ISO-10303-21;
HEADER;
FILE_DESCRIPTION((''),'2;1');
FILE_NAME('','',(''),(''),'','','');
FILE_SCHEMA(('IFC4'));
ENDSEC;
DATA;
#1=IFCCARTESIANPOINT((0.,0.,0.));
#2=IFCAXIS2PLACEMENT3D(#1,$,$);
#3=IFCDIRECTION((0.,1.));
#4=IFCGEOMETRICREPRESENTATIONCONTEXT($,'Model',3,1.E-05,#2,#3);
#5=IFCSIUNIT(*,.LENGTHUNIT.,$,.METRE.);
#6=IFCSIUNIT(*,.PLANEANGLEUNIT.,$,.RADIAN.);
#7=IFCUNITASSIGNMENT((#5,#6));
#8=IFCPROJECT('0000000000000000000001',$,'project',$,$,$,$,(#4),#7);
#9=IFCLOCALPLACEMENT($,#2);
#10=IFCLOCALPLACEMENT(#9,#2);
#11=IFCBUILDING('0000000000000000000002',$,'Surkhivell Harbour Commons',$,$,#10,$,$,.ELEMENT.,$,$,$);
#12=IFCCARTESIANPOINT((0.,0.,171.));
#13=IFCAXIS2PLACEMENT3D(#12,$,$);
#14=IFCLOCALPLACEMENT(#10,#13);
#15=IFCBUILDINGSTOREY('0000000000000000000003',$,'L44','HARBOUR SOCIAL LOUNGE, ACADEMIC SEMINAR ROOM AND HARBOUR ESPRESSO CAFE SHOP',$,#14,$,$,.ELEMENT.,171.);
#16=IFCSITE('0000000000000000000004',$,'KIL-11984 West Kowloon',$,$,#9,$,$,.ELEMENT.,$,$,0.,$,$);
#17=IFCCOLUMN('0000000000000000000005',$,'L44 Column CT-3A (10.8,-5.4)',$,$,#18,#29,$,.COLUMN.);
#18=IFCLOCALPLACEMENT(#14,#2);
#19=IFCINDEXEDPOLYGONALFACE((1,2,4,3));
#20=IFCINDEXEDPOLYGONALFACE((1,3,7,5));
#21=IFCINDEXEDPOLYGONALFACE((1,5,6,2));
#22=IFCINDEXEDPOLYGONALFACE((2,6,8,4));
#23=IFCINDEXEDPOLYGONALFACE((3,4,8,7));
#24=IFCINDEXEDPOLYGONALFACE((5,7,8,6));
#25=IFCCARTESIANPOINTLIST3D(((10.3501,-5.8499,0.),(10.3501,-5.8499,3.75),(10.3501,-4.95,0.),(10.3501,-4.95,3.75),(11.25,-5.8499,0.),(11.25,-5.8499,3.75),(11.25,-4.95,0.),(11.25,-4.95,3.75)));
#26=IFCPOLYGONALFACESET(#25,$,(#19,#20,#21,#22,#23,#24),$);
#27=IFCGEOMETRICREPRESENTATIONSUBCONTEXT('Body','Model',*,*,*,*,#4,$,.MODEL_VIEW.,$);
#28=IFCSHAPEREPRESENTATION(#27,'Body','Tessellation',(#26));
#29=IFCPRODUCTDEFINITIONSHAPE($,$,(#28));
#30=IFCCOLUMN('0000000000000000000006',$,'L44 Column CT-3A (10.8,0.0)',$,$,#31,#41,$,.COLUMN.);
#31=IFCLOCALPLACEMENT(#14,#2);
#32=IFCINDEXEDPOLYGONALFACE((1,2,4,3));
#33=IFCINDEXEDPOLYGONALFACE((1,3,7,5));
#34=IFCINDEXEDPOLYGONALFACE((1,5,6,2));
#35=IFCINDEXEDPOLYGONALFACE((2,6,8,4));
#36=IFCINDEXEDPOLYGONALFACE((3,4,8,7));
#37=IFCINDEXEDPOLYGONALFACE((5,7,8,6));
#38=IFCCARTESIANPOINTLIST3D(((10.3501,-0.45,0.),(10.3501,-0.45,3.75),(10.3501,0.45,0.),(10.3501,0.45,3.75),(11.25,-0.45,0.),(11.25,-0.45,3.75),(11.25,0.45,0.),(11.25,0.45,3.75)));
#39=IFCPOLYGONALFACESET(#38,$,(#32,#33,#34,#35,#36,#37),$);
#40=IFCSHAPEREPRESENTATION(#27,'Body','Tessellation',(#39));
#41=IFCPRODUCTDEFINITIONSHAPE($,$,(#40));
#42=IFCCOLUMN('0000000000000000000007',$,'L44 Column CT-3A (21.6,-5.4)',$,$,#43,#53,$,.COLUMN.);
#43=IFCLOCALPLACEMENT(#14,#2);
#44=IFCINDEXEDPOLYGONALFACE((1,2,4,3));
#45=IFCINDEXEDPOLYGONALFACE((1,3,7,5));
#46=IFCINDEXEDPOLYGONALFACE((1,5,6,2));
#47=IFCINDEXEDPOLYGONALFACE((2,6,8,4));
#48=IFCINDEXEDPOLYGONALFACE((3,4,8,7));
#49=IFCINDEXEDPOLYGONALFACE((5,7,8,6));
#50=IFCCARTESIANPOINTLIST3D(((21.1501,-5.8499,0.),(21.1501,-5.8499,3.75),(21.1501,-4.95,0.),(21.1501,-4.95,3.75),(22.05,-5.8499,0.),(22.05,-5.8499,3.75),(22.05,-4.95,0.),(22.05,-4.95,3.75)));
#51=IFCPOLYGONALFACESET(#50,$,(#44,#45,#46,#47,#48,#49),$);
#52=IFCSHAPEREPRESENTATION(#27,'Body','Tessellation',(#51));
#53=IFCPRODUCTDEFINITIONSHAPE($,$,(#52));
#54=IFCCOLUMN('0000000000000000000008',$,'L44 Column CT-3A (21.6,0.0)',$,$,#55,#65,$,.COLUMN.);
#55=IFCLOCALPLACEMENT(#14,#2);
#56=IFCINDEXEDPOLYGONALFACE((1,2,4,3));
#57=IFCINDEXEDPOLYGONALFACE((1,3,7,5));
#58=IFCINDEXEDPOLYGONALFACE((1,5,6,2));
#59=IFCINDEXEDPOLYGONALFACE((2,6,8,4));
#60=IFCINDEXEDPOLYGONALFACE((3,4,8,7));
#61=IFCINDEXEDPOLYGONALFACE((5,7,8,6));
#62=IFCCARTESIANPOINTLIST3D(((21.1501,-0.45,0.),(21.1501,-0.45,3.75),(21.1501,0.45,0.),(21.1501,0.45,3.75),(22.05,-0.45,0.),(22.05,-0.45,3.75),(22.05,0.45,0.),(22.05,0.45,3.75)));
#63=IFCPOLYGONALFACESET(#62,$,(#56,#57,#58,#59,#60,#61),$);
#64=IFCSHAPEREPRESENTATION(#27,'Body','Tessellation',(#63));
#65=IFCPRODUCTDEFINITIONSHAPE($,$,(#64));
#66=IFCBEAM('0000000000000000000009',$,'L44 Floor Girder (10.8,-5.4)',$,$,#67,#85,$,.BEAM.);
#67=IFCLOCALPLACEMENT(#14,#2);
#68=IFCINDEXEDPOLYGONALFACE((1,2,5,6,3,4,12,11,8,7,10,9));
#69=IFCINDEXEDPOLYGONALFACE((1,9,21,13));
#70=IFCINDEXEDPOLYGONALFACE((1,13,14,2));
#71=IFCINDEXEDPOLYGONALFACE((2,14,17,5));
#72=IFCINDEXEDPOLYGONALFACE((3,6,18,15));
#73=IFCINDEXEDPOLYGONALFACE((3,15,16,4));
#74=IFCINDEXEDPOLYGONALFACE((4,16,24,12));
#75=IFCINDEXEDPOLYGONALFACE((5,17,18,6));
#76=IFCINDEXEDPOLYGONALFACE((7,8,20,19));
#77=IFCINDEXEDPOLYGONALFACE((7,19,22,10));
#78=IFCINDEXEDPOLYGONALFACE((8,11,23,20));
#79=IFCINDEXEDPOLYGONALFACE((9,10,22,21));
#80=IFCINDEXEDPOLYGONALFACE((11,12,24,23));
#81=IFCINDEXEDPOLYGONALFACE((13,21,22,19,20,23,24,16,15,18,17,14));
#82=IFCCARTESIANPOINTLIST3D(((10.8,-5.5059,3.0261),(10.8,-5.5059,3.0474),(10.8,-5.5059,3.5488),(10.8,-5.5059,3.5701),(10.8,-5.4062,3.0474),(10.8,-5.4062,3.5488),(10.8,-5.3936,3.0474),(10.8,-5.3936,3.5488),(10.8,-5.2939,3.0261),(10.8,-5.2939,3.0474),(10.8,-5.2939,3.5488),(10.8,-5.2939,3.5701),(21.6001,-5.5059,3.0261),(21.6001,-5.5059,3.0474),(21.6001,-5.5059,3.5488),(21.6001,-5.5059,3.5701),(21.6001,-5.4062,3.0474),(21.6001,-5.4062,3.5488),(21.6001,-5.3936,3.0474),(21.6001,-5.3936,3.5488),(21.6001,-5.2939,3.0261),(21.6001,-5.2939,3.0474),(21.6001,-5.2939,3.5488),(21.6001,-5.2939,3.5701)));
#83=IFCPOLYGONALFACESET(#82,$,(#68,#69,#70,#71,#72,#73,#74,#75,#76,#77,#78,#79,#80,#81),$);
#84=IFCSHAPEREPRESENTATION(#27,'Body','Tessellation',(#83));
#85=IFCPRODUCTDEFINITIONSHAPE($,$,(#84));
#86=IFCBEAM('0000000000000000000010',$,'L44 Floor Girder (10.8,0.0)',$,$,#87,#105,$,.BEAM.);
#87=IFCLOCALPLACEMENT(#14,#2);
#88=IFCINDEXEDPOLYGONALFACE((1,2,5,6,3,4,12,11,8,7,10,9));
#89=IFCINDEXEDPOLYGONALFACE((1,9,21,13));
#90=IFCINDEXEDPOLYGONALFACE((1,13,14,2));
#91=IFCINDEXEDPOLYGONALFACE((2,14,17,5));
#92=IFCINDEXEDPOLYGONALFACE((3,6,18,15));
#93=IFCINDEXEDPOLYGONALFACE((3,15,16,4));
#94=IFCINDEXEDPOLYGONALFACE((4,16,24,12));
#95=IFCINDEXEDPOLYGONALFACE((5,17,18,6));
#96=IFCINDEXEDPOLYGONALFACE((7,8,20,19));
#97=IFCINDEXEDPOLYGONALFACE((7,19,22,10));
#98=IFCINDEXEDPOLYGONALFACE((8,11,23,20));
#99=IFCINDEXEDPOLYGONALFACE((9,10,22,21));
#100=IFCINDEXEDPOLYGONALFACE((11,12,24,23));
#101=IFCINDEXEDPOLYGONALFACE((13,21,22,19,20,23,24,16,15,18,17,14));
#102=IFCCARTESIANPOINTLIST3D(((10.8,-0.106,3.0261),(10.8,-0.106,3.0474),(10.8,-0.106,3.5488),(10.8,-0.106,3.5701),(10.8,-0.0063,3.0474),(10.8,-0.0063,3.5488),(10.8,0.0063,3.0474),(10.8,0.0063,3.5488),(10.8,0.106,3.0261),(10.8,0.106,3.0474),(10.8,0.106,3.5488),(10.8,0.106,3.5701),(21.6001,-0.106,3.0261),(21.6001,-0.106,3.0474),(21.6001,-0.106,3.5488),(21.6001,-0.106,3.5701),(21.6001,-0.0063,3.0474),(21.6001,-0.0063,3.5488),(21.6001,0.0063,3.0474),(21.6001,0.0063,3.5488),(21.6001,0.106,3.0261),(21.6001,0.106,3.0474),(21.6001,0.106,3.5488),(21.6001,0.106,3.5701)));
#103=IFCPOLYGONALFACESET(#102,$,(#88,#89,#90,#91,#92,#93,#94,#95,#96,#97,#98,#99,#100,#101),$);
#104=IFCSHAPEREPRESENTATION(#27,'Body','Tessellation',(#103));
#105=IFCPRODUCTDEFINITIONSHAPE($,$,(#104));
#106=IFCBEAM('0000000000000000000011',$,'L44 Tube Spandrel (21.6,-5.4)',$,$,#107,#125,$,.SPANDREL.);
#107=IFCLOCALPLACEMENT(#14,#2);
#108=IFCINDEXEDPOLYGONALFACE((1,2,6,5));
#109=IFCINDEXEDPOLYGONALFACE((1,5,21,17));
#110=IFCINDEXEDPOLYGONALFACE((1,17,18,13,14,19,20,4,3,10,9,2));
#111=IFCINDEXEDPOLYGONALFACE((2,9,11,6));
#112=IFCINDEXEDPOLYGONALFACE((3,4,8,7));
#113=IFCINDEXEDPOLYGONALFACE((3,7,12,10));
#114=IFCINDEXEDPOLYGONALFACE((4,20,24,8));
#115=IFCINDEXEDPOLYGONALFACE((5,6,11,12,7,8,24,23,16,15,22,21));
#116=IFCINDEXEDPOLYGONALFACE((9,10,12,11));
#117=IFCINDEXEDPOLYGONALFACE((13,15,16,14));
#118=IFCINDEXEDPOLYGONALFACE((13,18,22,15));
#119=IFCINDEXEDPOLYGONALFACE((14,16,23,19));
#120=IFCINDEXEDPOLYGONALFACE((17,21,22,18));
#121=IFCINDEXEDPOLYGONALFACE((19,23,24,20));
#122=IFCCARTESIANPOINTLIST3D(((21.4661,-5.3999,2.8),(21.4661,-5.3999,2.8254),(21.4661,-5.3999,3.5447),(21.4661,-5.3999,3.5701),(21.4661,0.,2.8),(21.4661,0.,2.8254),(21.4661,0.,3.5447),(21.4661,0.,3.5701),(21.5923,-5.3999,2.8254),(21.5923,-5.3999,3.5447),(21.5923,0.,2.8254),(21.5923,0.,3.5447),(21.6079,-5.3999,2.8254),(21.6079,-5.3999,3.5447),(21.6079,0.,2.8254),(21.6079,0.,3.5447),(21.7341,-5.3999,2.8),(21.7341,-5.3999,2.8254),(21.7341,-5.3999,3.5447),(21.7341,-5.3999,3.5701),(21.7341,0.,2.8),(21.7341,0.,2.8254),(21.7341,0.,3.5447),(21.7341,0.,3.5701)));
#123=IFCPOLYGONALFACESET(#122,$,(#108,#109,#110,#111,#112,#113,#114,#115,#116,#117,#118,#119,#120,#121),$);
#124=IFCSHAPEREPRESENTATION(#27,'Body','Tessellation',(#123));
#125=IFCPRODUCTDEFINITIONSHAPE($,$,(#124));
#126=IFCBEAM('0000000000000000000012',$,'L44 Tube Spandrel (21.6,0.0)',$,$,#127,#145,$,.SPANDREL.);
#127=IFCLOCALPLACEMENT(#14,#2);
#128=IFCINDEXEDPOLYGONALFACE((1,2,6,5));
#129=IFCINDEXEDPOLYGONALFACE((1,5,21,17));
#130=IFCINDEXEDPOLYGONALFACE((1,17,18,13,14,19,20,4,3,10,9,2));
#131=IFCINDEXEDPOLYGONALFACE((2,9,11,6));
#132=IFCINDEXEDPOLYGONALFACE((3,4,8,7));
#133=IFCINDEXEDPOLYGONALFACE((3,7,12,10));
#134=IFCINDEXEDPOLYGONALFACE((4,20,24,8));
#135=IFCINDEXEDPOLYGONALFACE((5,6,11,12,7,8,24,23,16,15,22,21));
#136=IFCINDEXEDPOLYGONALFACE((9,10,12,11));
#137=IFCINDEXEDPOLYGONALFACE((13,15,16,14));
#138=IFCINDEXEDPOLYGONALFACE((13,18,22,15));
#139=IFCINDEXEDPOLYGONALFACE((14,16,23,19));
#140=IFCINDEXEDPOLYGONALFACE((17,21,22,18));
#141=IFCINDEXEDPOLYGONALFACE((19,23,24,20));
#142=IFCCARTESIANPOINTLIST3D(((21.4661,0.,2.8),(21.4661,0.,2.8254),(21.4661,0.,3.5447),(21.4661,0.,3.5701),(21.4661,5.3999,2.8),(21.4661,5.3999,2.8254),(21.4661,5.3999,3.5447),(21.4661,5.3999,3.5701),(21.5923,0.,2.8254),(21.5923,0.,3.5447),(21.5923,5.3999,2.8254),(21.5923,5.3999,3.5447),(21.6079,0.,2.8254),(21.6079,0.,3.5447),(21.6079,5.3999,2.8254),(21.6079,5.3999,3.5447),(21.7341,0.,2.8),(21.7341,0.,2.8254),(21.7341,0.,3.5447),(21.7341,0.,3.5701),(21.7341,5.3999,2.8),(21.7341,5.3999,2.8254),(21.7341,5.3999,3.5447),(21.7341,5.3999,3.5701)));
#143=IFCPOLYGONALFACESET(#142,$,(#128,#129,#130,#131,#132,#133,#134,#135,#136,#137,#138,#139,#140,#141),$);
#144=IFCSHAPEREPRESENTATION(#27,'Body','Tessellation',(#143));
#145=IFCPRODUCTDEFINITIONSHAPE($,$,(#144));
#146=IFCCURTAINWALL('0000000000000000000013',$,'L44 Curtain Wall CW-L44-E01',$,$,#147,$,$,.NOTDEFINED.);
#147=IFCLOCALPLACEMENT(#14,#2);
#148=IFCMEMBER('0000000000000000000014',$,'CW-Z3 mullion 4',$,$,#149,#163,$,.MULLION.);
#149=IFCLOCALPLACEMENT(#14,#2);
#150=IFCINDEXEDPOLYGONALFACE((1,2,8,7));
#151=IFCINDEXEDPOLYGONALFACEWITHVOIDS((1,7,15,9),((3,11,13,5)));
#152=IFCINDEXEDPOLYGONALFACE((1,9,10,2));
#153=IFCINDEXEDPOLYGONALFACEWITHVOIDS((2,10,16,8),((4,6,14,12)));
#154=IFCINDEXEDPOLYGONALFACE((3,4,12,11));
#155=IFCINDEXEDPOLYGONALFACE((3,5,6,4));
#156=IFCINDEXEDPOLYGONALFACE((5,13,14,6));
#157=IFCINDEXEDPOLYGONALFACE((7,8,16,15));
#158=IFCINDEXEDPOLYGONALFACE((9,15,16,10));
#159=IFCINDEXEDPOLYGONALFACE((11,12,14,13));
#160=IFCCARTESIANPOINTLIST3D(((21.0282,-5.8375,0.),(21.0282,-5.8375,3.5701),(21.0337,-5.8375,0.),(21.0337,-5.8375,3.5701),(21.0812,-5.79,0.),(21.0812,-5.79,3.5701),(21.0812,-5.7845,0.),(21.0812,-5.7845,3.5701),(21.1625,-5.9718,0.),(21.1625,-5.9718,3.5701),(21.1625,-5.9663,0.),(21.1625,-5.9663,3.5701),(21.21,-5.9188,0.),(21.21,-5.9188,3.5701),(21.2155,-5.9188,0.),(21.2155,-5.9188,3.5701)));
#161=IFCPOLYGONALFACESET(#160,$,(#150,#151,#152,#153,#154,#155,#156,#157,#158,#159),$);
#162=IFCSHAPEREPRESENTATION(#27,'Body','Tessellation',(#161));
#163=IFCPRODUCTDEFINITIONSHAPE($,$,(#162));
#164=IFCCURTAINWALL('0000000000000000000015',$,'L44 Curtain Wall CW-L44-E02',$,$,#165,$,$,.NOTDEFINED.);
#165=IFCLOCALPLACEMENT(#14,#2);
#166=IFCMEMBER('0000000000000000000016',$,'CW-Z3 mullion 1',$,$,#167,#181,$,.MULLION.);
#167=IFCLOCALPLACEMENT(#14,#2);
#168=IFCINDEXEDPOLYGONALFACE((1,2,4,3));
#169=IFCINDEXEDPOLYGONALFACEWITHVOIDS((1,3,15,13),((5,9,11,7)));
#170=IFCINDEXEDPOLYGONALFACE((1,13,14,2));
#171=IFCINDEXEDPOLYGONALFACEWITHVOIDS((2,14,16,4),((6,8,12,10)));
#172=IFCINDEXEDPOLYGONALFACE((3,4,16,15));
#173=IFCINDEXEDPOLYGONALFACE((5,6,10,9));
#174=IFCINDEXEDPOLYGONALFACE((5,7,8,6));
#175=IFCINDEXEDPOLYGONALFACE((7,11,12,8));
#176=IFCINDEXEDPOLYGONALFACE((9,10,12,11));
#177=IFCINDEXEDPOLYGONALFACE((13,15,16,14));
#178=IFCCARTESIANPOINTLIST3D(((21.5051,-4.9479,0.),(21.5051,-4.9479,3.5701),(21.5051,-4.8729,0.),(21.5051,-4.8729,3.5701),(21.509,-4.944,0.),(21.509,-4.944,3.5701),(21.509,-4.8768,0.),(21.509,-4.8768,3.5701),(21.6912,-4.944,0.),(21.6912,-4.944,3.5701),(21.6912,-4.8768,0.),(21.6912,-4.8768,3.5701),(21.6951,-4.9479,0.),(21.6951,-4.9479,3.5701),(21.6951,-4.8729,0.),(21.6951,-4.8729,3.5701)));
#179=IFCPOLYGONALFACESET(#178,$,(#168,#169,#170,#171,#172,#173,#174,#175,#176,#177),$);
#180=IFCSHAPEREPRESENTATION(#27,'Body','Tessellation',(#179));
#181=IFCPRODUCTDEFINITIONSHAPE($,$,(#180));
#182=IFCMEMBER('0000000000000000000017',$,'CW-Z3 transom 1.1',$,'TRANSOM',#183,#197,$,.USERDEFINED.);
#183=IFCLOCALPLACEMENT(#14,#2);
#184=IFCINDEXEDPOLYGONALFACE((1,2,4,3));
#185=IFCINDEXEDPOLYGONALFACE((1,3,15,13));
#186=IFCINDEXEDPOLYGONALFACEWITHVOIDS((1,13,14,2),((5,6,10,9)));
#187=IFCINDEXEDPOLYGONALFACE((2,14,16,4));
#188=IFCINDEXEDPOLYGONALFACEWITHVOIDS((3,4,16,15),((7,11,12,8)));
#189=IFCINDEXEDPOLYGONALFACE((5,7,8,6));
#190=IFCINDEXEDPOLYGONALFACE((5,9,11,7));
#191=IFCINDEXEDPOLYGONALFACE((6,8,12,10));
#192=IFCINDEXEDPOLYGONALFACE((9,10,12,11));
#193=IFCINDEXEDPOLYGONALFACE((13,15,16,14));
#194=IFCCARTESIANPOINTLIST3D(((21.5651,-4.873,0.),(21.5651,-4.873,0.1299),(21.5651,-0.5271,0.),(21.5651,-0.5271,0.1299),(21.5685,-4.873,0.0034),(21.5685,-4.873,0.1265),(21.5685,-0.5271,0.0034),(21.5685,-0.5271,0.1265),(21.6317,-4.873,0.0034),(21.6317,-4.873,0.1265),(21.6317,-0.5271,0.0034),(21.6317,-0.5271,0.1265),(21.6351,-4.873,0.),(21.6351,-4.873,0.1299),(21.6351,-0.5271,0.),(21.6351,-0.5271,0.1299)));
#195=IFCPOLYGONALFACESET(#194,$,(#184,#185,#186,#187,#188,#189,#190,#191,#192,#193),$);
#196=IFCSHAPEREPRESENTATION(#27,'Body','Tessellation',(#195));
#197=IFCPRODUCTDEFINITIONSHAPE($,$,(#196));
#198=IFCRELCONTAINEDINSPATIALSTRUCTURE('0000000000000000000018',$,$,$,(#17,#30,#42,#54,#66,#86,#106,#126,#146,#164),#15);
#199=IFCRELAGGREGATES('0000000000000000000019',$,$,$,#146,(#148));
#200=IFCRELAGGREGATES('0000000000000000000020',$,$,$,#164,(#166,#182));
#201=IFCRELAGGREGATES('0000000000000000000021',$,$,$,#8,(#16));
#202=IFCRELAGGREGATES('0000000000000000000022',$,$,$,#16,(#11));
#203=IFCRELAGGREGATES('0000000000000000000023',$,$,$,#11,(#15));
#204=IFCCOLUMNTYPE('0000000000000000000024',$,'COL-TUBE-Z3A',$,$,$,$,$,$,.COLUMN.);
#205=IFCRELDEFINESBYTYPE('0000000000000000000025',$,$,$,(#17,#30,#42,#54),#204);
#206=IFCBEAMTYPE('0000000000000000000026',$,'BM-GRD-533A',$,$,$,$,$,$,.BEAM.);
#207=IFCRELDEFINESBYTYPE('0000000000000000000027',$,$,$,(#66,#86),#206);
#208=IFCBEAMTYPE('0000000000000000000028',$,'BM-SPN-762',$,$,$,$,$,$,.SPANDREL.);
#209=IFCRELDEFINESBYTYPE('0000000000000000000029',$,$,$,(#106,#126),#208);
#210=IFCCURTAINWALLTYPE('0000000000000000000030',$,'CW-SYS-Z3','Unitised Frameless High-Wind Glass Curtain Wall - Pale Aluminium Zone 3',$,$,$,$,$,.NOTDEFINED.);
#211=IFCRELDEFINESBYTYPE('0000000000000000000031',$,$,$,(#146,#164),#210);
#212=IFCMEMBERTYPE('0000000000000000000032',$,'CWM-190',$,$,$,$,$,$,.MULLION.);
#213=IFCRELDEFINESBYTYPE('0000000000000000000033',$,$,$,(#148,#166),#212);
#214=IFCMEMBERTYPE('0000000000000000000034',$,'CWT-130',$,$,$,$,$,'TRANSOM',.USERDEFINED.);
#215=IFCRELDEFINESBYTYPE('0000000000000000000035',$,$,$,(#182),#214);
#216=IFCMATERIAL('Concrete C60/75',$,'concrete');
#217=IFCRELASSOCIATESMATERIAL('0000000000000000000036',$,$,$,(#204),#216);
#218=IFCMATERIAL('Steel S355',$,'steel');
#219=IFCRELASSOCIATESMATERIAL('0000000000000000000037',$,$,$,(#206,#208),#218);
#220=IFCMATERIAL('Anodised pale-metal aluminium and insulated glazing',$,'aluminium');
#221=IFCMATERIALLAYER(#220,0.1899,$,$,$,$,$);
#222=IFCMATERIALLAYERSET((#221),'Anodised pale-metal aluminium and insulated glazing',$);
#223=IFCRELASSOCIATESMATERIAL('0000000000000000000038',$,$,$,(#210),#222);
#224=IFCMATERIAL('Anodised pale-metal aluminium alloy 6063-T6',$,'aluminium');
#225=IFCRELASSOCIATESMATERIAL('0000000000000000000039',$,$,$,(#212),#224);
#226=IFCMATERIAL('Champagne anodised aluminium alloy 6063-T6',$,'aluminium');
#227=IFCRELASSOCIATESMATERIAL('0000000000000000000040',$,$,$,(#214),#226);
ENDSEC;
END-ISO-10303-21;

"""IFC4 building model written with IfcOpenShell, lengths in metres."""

from ifc_helpers import new_model, si_unit, direction, frame, origin, origin_2d, place, context, subcontext, project, spatial, rectangle, hollow_rectangle, i_section, extrude, material, layer, layer_set, material_profile, profile_set, type_object, element, aggregate, save


model = new_model("IFC4")

# Units and contexts
model_context = context("Model", 3, precision=1e-05, world=origin(), true_north=direction((0.0, 1.0)))
body_context = subcontext(model_context, "Body", "Model", "MODEL_VIEW")
ifc_project = project(units=[si_unit("LENGTHUNIT", "METRE"), si_unit("PLANEANGLEUNIT", "RADIAN")], contexts=[model_context])

# Site, building, storey
site_placement = place(None, origin())
site = spatial("IfcSite", under=ifc_project, at=site_placement, Name="KIL-11984 West Kowloon", CompositionType="ELEMENT", RefElevation=0.0)
building_placement = place(site_placement, origin())
building = spatial("IfcBuilding", under=site, at=building_placement, Name="Surkhivell Harbour Commons", CompositionType="ELEMENT")
storey_placement = place(building_placement, frame((0.0, 0.0, 171.0)))
storey = spatial("IfcBuildingStorey", under=building, at=storey_placement, Name="L44", Description="HARBOUR SOCIAL LOUNGE, ACADEMIC SEMINAR ROOM AND HARBOUR ESPRESSO CAFE SHOP", CompositionType="ELEMENT", Elevation=171.0)

# Columns
ifc_material_1 = material(Name="Concrete C60/75", Category="concrete")
ifc_material_profile_1 = material_profile(ifc_material_1, rectangle(XDim=0.8999, YDim=0.8999, at=origin_2d()), Name="RC-COL-900x900")
ifc_profile_set_1 = profile_set([ifc_material_profile_1], Name="Concrete C60/75")
column_type = type_object("IfcColumnType", Name="COL-TUBE-Z3A", PredefinedType="COLUMN", material=ifc_profile_set_1)
for number, where, z_axis, x_axis, name in (
    (1, (10.8, -5.3999, 0.0), (0.0, 0.0, 1.0), (1.0, 0.0, 0.0), "L44 Column CT-3A (10.8,-5.4)"),
    (2, (10.8, 0.0, 0.0), (0.0, 0.0, 1.0), (1.0, 0.0, 0.0), "L44 Column CT-3A (10.8,0.0)"),
    (3, (21.6001, -5.3999, 0.0), (0.0, 0.0, 1.0), (1.0, 0.0, 0.0), "L44 Column CT-3A (21.6,-5.4)"),
    (4, (21.6001, 0.0, 0.0), (0.0, 0.0, 1.0), (1.0, 0.0, 0.0), "L44 Column CT-3A (21.6,0.0)"),
):
    element("IfcColumn", number, at=place(storey_placement, frame(where, z_axis=z_axis, x_axis=x_axis)), inside=storey, type_object=column_type, Name=name, PredefinedType="COLUMN", context=body_context, shape_type="SweptSolid", body=[
        extrude(rectangle(XDim=0.8999, YDim=0.8999, at=origin_2d()), origin(), (0.0, 0.0, 1.0), 3.75),
    ])

# Beams
ifc_material_2 = material(Name="Steel S355", Category="steel")
ifc_material_profile_2 = material_profile(ifc_material_2, i_section(OverallWidth=0.2119, OverallDepth=0.5439, WebThickness=0.0127, FlangeThickness=0.0212, at=origin_2d()), Name="UB533x210x122")
ifc_profile_set_2 = profile_set([ifc_material_profile_2], Name="Steel S355")
beam_type_1 = type_object("IfcBeamType", Name="BM-GRD-533A", PredefinedType="BEAM", material=ifc_profile_set_2)
for number, where, z_axis, x_axis, name in (
    (5, (10.8, -5.3999, 3.2981), (1.0, 0.0, 0.0), (0.0, 1.0, 0.0), "L44 Floor Girder (10.8,-5.4)"),
    (6, (10.8, 0.0, 3.2981), (1.0, 0.0, 0.0), (0.0, 1.0, 0.0), "L44 Floor Girder (10.8,0.0)"),
):
    element("IfcBeam", number, at=place(storey_placement, frame(where, z_axis=z_axis, x_axis=x_axis)), inside=storey, type_object=beam_type_1, Name=name, PredefinedType="BEAM", context=body_context, shape_type="SweptSolid", body=[
        extrude(i_section(OverallWidth=0.2119, OverallDepth=0.5439, WebThickness=0.0127, FlangeThickness=0.0212, at=origin_2d()), origin(), (0.0, 0.0, 1.0), 10.8),
    ])
ifc_material_profile_3 = material_profile(ifc_material_2, i_section(OverallWidth=0.2681, OverallDepth=0.77, WebThickness=0.0156, FlangeThickness=0.0254, at=origin_2d()), Name="UB762x267x197")
ifc_profile_set_3 = profile_set([ifc_material_profile_3], Name="Steel S355")
beam_type_2 = type_object("IfcBeamType", Name="BM-SPN-762", PredefinedType="SPANDREL", material=ifc_profile_set_3)
for number, where, z_axis, x_axis, name in (
    (7, (21.6001, -5.3999, 3.1851), (0.0, 1.0, 0.0), (-1.0, 0.0, 0.0), "L44 Tube Spandrel (21.6,-5.4)"),
    (8, (21.6001, 0.0, 3.1851), (0.0, 1.0, 0.0), (-1.0, 0.0, 0.0), "L44 Tube Spandrel (21.6,0.0)"),
):
    element("IfcBeam", number, at=place(storey_placement, frame(where, z_axis=z_axis, x_axis=x_axis)), inside=storey, type_object=beam_type_2, Name=name, PredefinedType="SPANDREL", context=body_context, shape_type="SweptSolid", body=[
        extrude(i_section(OverallWidth=0.2681, OverallDepth=0.77, WebThickness=0.0156, FlangeThickness=0.0254, at=origin_2d()), origin(), (0.0, 0.0, 1.0), 5.3999),
    ])

# Curtain wall, member
ifc_material_3 = material(Name="Anodised pale-metal aluminium and insulated glazing", Category="aluminium")
ifc_layer_1 = layer(ifc_material_3, 0.1899)
ifc_layer_set_1 = layer_set([ifc_layer_1], Name="Anodised pale-metal aluminium and insulated glazing")
curtain_wall_type = type_object("IfcCurtainWallType", Name="CW-SYS-Z3", Description="Unitised Frameless High-Wind Glass Curtain Wall - Pale Aluminium Zone 3", PredefinedType="NOTDEFINED", material=ifc_layer_set_1)
curtain_wall_1_placement = place(storey_placement, origin())
curtain_wall_1 = element("IfcCurtainWall", 9, at=curtain_wall_1_placement, inside=storey, type_object=curtain_wall_type, Name="L44 Curtain Wall CW-L44-E01", PredefinedType="NOTDEFINED")
ifc_material_4 = material(Name="Anodised pale-metal aluminium alloy 6063-T6", Category="aluminium")
ifc_material_profile_4 = material_profile(ifc_material_4, hollow_rectangle(XDim=0.075, YDim=0.1899, WallThickness=0.0039, at=origin_2d()), Name="ALU-MULL-75x190")
ifc_profile_set_4 = profile_set([ifc_material_profile_4], Name="Anodised pale-metal aluminium alloy 6063-T6")
member_type_1 = type_object("IfcMemberType", Name="CWM-190", PredefinedType="MULLION", material=ifc_profile_set_4)
member_1_placement = place(storey_placement, frame((21.1218, -5.8782, 0.0), z_axis=(0.0, 0.0, 1.0), x_axis=(0.707107, 0.707107, 0.0)))
member_1 = element("IfcMember", 10, at=member_1_placement, type_object=member_type_1, Name="CW-Z3 mullion 4", PredefinedType="MULLION", context=body_context, shape_type="SweptSolid", body=[
    extrude(hollow_rectangle(XDim=0.075, YDim=0.1899, WallThickness=0.0039, at=origin_2d()), origin(), (0.0, 0.0, 1.0), 3.5701),
])
aggregate(curtain_wall_1, [member_1])

# Curtain wall, members
curtain_wall_2_placement = place(storey_placement, origin())
curtain_wall_2 = element("IfcCurtainWall", 11, at=curtain_wall_2_placement, inside=storey, type_object=curtain_wall_type, Name="L44 Curtain Wall CW-L44-E02", PredefinedType="NOTDEFINED")
member_2_placement = place(storey_placement, frame((21.6001, -4.9104, 0.0), z_axis=(0.0, 0.0, 1.0), x_axis=(0.0, 1.0, 0.0)))
member_2 = element("IfcMember", 12, at=member_2_placement, type_object=member_type_1, Name="CW-Z3 mullion 1", PredefinedType="MULLION", context=body_context, shape_type="SweptSolid", body=[
    extrude(hollow_rectangle(XDim=0.075, YDim=0.1899, WallThickness=0.0039, at=origin_2d()), origin(), (0.0, 0.0, 1.0), 3.5701),
])
ifc_material_5 = material(Name="Champagne anodised aluminium alloy 6063-T6", Category="aluminium")
ifc_material_profile_5 = material_profile(ifc_material_5, hollow_rectangle(XDim=0.0701, YDim=0.1299, WallThickness=0.0034, at=origin_2d()), Name="ALU-TRAN-70x130")
ifc_profile_set_5 = profile_set([ifc_material_profile_5], Name="Champagne anodised aluminium alloy 6063-T6")
member_type_2 = type_object("IfcMemberType", Name="CWT-130", ElementType="TRANSOM", PredefinedType="USERDEFINED", material=ifc_profile_set_5)
member_3_placement = place(storey_placement, frame((21.6001, -4.873, 0.0649), z_axis=(0.0, 1.0, 0.0), x_axis=(-1.0, 0.0, 0.0)))
member_3 = element("IfcMember", 13, at=member_3_placement, type_object=member_type_2, Name="CW-Z3 transom 1.1", ObjectType="TRANSOM", PredefinedType="USERDEFINED", context=body_context, shape_type="SweptSolid", body=[
    extrude(hollow_rectangle(XDim=0.0701, YDim=0.1299, WallThickness=0.0034, at=origin_2d()), origin(), (0.0, 0.0, 1.0), 4.3459),
])
aggregate(curtain_wall_2, [member_2, member_3])

save(model, "model.ifc")
